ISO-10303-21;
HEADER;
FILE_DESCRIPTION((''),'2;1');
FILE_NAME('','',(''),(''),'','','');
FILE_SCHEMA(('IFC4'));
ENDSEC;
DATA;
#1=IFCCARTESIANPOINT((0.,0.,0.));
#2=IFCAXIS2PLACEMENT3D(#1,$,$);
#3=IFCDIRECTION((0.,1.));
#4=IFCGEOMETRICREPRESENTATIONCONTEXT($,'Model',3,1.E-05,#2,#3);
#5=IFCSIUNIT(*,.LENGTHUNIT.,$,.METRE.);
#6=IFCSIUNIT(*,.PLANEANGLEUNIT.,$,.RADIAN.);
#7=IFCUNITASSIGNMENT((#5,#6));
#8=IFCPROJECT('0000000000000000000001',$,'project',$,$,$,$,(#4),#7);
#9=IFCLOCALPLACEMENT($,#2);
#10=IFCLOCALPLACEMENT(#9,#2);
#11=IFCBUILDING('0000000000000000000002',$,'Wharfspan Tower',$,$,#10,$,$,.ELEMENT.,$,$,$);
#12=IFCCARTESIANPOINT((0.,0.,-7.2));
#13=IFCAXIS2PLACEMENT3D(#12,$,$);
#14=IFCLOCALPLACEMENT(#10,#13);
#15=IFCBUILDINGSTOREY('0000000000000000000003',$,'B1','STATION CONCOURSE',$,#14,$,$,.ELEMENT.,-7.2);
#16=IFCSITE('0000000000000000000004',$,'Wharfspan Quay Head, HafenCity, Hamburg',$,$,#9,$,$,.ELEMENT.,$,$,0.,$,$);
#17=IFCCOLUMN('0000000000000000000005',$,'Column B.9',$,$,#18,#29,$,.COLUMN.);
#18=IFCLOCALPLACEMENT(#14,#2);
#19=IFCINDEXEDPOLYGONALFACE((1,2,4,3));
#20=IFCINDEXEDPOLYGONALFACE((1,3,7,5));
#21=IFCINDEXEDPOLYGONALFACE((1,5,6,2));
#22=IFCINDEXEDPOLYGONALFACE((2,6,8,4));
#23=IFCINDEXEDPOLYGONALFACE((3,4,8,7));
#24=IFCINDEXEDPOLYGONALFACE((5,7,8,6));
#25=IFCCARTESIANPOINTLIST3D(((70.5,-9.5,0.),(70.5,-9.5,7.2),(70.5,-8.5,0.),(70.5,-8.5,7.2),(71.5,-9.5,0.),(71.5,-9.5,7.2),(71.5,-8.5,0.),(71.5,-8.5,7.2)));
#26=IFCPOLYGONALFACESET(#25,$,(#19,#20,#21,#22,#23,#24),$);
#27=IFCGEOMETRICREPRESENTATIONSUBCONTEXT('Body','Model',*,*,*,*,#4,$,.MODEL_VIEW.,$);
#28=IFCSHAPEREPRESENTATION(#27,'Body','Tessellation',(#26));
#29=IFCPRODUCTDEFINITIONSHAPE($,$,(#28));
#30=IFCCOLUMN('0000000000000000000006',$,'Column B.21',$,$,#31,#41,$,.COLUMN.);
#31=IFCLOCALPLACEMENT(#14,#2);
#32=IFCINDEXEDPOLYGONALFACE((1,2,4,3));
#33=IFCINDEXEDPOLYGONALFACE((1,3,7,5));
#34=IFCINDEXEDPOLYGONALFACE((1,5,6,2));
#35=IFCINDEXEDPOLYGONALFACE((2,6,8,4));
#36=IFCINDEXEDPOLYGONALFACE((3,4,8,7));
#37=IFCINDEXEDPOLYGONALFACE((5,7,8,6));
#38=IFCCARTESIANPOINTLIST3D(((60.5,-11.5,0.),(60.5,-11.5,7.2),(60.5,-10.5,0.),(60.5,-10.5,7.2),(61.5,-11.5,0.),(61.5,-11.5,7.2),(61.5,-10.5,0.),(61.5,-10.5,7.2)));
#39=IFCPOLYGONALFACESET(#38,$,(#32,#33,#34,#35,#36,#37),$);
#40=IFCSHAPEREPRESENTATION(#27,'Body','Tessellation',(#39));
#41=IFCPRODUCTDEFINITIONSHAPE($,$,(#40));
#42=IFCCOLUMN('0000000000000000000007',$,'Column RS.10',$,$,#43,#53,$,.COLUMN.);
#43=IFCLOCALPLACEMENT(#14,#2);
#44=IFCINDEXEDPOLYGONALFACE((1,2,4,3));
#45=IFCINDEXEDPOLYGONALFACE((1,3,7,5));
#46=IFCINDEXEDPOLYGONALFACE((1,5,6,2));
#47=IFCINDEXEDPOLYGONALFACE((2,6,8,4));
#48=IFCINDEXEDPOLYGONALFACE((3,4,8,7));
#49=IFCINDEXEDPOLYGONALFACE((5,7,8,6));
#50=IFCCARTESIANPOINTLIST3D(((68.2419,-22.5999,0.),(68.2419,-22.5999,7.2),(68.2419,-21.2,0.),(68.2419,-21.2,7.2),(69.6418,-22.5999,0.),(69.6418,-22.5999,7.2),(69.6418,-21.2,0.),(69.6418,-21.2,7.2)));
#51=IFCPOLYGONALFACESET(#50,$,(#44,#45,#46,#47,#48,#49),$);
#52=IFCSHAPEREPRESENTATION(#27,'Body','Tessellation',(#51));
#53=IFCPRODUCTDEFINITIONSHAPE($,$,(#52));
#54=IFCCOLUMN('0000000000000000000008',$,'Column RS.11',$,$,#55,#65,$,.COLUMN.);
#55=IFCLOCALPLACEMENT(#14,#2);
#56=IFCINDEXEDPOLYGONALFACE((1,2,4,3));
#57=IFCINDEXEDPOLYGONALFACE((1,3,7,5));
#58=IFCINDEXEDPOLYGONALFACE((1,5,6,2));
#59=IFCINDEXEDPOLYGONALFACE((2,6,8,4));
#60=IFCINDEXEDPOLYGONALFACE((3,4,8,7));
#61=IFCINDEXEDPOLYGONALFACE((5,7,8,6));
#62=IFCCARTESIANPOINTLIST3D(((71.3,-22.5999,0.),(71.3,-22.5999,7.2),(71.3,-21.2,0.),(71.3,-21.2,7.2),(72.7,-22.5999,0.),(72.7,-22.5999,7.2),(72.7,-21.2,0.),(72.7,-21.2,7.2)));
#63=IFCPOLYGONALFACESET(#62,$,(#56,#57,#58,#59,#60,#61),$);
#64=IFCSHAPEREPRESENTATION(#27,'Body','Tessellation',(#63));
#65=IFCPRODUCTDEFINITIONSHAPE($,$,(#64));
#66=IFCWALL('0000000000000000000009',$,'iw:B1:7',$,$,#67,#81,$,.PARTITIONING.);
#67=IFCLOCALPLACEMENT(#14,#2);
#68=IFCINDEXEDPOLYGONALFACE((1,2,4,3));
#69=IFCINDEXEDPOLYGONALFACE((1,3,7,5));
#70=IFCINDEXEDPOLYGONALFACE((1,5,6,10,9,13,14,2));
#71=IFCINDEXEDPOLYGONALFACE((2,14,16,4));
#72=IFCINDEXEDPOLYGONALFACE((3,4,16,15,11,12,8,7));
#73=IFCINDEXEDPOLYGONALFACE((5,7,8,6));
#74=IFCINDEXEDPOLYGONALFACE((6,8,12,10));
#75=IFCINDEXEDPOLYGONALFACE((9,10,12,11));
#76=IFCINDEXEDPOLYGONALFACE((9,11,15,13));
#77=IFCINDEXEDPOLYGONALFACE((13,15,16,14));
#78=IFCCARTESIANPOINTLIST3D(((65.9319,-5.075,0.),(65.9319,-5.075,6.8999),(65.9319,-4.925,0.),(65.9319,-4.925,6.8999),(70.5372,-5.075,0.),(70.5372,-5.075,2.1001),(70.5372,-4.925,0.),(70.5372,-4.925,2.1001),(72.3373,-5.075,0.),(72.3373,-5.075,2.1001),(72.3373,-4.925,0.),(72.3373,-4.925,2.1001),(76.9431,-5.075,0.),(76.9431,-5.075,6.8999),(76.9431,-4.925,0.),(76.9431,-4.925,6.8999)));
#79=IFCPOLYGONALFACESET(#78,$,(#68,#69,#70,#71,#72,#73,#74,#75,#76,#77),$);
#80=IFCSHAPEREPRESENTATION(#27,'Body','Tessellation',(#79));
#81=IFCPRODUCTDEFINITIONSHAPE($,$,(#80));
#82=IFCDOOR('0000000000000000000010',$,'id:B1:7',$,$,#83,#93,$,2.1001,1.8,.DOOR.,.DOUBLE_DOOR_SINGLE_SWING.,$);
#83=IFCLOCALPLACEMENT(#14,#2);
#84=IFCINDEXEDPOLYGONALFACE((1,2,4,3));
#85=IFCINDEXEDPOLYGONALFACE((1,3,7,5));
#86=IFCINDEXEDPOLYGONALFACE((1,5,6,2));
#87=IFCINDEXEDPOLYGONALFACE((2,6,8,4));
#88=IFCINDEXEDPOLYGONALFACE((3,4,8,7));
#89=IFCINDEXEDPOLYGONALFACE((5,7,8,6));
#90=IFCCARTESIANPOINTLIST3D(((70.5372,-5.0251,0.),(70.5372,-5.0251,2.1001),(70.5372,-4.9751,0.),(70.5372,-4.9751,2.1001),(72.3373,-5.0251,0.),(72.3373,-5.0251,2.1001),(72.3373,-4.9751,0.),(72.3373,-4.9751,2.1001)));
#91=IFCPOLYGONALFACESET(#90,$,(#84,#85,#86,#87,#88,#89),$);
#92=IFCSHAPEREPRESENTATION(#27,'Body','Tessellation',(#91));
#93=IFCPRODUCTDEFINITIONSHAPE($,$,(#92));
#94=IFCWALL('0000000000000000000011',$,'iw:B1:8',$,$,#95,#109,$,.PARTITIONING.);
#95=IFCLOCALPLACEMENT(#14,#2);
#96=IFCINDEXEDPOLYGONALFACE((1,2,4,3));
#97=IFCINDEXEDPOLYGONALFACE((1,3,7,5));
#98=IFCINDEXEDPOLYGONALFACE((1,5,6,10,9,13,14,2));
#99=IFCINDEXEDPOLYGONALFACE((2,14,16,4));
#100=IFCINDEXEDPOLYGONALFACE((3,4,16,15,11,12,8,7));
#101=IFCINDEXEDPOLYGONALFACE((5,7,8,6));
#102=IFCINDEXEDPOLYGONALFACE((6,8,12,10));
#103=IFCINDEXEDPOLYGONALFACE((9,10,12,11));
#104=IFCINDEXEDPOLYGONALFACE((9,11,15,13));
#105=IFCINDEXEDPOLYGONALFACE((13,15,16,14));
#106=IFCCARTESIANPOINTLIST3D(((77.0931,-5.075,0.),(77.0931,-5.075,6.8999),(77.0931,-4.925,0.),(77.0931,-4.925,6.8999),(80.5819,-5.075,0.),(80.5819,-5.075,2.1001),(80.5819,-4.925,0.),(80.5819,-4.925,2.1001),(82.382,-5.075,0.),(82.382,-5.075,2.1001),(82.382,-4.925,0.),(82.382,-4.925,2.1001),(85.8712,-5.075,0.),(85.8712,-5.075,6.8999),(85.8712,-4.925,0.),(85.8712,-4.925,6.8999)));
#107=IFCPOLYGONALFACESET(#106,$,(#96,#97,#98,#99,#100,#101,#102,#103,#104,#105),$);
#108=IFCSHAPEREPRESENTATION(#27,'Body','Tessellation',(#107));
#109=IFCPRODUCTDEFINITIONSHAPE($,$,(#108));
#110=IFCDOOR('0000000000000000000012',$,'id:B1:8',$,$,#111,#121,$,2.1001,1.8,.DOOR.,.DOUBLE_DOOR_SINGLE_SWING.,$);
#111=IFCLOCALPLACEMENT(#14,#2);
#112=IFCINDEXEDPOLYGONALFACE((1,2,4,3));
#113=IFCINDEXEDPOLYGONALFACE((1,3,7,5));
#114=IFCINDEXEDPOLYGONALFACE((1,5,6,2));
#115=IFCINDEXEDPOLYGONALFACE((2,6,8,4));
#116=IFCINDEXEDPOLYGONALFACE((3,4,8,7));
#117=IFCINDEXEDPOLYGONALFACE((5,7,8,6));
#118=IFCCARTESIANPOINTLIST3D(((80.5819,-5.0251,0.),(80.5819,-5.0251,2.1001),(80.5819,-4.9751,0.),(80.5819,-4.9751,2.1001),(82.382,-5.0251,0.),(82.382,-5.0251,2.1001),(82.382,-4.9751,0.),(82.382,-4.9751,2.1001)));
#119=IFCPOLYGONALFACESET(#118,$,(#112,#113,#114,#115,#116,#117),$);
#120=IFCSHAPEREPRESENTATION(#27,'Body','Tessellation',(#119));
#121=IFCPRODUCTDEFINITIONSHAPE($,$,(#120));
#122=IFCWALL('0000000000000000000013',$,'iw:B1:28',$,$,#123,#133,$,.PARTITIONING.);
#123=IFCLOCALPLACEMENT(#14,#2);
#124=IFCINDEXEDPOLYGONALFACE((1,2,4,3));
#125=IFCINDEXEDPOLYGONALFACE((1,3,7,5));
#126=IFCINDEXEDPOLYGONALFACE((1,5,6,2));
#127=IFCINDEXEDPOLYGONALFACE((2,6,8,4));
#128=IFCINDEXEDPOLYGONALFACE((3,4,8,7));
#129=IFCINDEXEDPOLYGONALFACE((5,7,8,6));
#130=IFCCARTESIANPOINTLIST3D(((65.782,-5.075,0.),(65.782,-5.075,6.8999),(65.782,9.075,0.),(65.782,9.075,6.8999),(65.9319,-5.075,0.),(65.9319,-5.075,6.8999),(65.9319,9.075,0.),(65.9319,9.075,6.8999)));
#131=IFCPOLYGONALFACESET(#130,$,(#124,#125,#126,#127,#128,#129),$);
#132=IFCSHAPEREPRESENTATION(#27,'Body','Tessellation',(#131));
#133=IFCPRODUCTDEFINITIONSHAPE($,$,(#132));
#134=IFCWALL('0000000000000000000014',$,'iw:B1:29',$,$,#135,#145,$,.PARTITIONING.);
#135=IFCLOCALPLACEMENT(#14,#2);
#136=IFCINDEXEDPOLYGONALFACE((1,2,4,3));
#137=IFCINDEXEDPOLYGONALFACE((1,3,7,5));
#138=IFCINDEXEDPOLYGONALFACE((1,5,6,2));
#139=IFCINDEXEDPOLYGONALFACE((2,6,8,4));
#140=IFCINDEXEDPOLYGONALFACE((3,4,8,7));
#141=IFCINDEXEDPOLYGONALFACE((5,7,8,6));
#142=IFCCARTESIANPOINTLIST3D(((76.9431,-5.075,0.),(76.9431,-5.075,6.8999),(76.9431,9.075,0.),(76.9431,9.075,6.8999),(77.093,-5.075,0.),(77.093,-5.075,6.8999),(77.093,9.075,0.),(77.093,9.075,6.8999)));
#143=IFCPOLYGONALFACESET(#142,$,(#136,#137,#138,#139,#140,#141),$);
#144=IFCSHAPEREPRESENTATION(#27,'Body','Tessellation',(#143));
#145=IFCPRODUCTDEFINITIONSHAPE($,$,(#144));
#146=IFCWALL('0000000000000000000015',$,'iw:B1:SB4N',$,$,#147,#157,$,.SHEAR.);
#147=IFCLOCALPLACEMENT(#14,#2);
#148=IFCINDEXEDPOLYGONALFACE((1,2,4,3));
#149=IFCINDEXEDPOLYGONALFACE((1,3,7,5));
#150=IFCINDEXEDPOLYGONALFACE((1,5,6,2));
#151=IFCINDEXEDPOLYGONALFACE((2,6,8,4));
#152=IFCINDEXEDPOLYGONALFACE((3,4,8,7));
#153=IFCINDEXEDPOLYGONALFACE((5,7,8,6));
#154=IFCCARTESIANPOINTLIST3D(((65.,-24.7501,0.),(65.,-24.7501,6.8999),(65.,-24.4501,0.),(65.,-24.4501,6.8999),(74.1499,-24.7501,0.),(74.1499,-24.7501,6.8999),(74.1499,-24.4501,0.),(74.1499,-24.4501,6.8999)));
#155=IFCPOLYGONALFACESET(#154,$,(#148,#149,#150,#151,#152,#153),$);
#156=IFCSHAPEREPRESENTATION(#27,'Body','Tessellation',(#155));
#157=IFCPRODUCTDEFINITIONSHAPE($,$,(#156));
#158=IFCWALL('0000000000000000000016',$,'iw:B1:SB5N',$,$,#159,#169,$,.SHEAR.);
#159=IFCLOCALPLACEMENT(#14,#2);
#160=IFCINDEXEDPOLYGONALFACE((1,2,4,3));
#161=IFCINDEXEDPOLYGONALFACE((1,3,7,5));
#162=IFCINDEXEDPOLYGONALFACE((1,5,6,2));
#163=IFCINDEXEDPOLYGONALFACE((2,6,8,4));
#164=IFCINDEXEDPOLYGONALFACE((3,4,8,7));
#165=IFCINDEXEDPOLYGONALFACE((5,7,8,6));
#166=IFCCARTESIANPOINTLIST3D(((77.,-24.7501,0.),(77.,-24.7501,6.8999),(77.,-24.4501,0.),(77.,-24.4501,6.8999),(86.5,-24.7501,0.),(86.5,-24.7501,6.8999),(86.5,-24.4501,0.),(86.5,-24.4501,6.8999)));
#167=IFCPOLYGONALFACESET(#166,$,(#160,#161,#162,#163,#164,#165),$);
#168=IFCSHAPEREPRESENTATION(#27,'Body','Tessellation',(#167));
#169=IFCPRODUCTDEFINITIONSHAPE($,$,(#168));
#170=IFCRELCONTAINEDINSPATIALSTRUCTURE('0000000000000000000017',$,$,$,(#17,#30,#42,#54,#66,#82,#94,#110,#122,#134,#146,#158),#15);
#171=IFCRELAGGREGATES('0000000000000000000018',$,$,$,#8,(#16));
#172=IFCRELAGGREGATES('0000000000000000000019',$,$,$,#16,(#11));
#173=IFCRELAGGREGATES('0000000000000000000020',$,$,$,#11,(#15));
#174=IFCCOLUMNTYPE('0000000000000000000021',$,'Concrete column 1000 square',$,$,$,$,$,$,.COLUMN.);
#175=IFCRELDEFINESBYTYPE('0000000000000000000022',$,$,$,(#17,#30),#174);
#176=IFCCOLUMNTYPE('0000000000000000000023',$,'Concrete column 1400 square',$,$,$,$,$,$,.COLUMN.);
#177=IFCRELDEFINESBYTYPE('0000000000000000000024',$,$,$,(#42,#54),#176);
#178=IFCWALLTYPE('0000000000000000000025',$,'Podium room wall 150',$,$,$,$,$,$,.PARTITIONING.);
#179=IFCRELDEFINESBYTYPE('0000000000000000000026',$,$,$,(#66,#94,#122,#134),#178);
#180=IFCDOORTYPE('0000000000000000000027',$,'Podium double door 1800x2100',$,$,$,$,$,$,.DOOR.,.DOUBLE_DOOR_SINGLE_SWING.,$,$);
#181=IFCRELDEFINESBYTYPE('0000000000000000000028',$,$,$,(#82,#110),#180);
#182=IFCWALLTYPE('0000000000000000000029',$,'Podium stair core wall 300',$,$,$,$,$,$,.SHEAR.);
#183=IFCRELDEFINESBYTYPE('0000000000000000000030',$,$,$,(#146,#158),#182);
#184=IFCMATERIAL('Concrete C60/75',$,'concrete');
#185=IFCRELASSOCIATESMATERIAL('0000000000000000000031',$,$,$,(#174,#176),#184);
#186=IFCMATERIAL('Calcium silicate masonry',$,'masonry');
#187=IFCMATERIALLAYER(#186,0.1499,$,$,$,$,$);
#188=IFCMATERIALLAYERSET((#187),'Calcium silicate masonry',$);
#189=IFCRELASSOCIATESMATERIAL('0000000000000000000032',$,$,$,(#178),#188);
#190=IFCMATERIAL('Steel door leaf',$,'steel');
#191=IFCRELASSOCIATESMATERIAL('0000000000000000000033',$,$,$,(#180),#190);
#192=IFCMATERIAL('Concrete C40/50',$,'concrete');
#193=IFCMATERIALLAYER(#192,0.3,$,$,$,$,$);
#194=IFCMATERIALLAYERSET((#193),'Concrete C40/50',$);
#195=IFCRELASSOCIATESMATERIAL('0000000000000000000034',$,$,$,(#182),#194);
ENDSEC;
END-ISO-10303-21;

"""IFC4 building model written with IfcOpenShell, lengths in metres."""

from ifc_helpers import new_model, si_unit, direction, frame, frame_2d, origin, origin_2d, place, context, subcontext, project, spatial, rectangle, extrude, material, layer, layer_set, material_profile, profile_set, type_object, element, fill, save


model = new_model("IFC4")

# Units and contexts
model_context = context("Model", 3, precision=1e-05, world=origin(), true_north=direction((0.0, 1.0)))
body_context = subcontext(model_context, "Body", "Model", "MODEL_VIEW")
ifc_project = project(units=[si_unit("LENGTHUNIT", "METRE"), si_unit("PLANEANGLEUNIT", "RADIAN")], contexts=[model_context])

# Site, building, storey
site_placement = place(None, origin())
site = spatial("IfcSite", under=ifc_project, at=site_placement, Name="Wharfspan Quay Head, HafenCity, Hamburg", CompositionType="ELEMENT", RefElevation=0.0)
building_placement = place(site_placement, origin())
building = spatial("IfcBuilding", under=site, at=building_placement, Name="Wharfspan Tower", CompositionType="ELEMENT")
storey_placement = place(building_placement, frame((0.0, 0.0, -7.2)))
storey = spatial("IfcBuildingStorey", under=building, at=storey_placement, Name="B1", Description="STATION CONCOURSE", CompositionType="ELEMENT", Elevation=-7.2)

# Columns
ifc_material_1 = material(Name="Concrete C60/75", Category="concrete")
ifc_material_profile_1 = material_profile(ifc_material_1, rectangle(XDim=1.0, YDim=1.0, at=origin_2d()))
ifc_profile_set_1 = profile_set([ifc_material_profile_1], Name="Concrete C60/75")
column_type_1 = type_object("IfcColumnType", Name="Concrete column 1000 square", PredefinedType="COLUMN", material=ifc_profile_set_1)
for number, where, z_axis, x_axis, name in (
    (1, (71.0, -9.0, 0.0), (0.0, 0.0, 1.0), (1.0, 0.0, 0.0), "Column B.9"),
    (2, (61.0, -11.0, 0.0), (0.0, 0.0, 1.0), (1.0, 0.0, 0.0), "Column B.21"),
):
    element("IfcColumn", number, at=place(storey_placement, frame(where, z_axis=z_axis, x_axis=x_axis)), inside=storey, type_object=column_type_1, Name=name, PredefinedType="COLUMN", context=body_context, shape_type="SweptSolid", body=[
        extrude(rectangle(XDim=1.0, YDim=1.0, at=origin_2d()), origin(), (0.0, 0.0, 1.0), 7.2),
    ])
ifc_material_profile_2 = material_profile(ifc_material_1, rectangle(XDim=1.3999, YDim=1.3999, at=origin_2d()))
ifc_profile_set_2 = profile_set([ifc_material_profile_2], Name="Concrete C60/75")
column_type_2 = type_object("IfcColumnType", Name="Concrete column 1400 square", PredefinedType="COLUMN", material=ifc_profile_set_2)
for number, where, z_axis, x_axis, name in (
    (3, (68.9419, -21.8999, 0.0), (0.0, 0.0, 1.0), (1.0, 0.0, 0.0), "Column RS.10"),
    (4, (72.0, -21.8999, 0.0), (0.0, 0.0, 1.0), (1.0, 0.0, 0.0), "Column RS.11"),
):
    element("IfcColumn", number, at=place(storey_placement, frame(where, z_axis=z_axis, x_axis=x_axis)), inside=storey, type_object=column_type_2, Name=name, PredefinedType="COLUMN", context=body_context, shape_type="SweptSolid", body=[
        extrude(rectangle(XDim=1.3999, YDim=1.3999, at=origin_2d()), origin(), (0.0, 0.0, 1.0), 7.2),
    ])

# Walls, openings, doors
ifc_material_2 = material(Name="Calcium silicate masonry", Category="masonry")
ifc_layer_1 = layer(ifc_material_2, 0.1499)
ifc_layer_set_1 = layer_set([ifc_layer_1], Name="Calcium silicate masonry")
wall_type_1 = type_object("IfcWallType", Name="Podium room wall 150", PredefinedType="PARTITIONING", material=ifc_layer_set_1)
wall_1_placement = place(storey_placement, frame((65.9319, -5.0, 0.0), z_axis=(0.0, 0.0, 1.0), x_axis=(1.0, 0.0, 0.0)))
wall_1 = element("IfcWall", 5, at=wall_1_placement, inside=storey, type_object=wall_type_1, Name="iw:B1:7", PredefinedType="PARTITIONING", context=body_context, shape_type="SweptSolid", body=[
    extrude(rectangle(XDim=11.0112, YDim=0.1499, at=frame_2d((5.5056, 0.0))), origin(), (0.0, 0.0, 1.0), 6.8999),
])
opening_1_placement = place(wall_1_placement, frame((4.6055, 0.0, 0.0)))
opening_1 = element("IfcOpeningElement", 6, at=opening_1_placement, cuts=wall_1, PredefinedType="OPENING", context=body_context, shape_type="SweptSolid", body=[
    extrude(rectangle(XDim=1.8, YDim=2.1001, at=frame_2d((0.8999, 1.05))), frame((0.0, 0.085, 0.0), z_axis=(0.0, -1.0, 0.0), x_axis=(1.0, 0.0, 0.0)), (0.0, 0.0, 1.0), 0.1699),
])
ifc_material_3 = material(Name="Steel door leaf", Category="steel")
door_type = type_object("IfcDoorType", Name="Podium double door 1800x2100", OperationType="DOUBLE_DOOR_SINGLE_SWING", PredefinedType="DOOR", material=ifc_material_3)
door_1_placement = place(opening_1_placement, origin())
door_1 = element("IfcDoor", 7, at=door_1_placement, inside=storey, type_object=door_type, Name="id:B1:7", OperationType="DOUBLE_DOOR_SINGLE_SWING", OverallHeight=2.1001, OverallWidth=1.8, PredefinedType="DOOR", context=body_context, shape_type="SweptSolid", body=[
    extrude(rectangle(XDim=1.8, YDim=2.1001, at=frame_2d((0.8999, 1.05))), frame((0.0, 0.0249, 0.0), z_axis=(0.0, -1.0, 0.0), x_axis=(1.0, 0.0, 0.0)), (0.0, 0.0, 1.0), 0.05),
])
fill(opening_1, door_1)
wall_2_placement = place(storey_placement, frame((77.093, -5.0, 0.0), z_axis=(0.0, 0.0, 1.0), x_axis=(1.0, 0.0, 0.0)))
wall_2 = element("IfcWall", 8, at=wall_2_placement, inside=storey, type_object=wall_type_1, Name="iw:B1:8", PredefinedType="PARTITIONING", context=body_context, shape_type="SweptSolid", body=[
    extrude(rectangle(XDim=8.7781, YDim=0.1499, at=frame_2d((4.3892, 0.0))), origin(), (0.0, 0.0, 1.0), 6.8999),
])
opening_2_placement = place(wall_2_placement, frame((3.489, 0.0, 0.0)))
opening_2 = element("IfcOpeningElement", 9, at=opening_2_placement, cuts=wall_2, PredefinedType="OPENING", context=body_context, shape_type="SweptSolid", body=[
    extrude(rectangle(XDim=1.8, YDim=2.1001, at=frame_2d((0.8999, 1.05))), frame((0.0, 0.085, 0.0), z_axis=(0.0, -1.0, 0.0), x_axis=(1.0, 0.0, 0.0)), (0.0, 0.0, 1.0), 0.1699),
])
door_2_placement = place(opening_2_placement, origin())
door_2 = element("IfcDoor", 10, at=door_2_placement, inside=storey, type_object=door_type, Name="id:B1:8", OperationType="DOUBLE_DOOR_SINGLE_SWING", OverallHeight=2.1001, OverallWidth=1.8, PredefinedType="DOOR", context=body_context, shape_type="SweptSolid", body=[
    extrude(rectangle(XDim=1.8, YDim=2.1001, at=frame_2d((0.8999, 1.05))), frame((0.0, 0.0249, 0.0), z_axis=(0.0, -1.0, 0.0), x_axis=(1.0, 0.0, 0.0)), (0.0, 0.0, 1.0), 0.05),
])
fill(opening_2, door_2)

# Walls
for number, where, z_axis, x_axis, name in (
    (11, (65.8569, -5.075, 0.0), (0.0, 0.0, 1.0), (0.0, 1.0, 0.0), "iw:B1:28"),
    (12, (77.0181, -5.075, 0.0), (0.0, 0.0, 1.0), (0.0, 1.0, 0.0), "iw:B1:29"),
):
    element("IfcWall", number, at=place(storey_placement, frame(where, z_axis=z_axis, x_axis=x_axis)), inside=storey, type_object=wall_type_1, Name=name, PredefinedType="PARTITIONING", context=body_context, shape_type="SweptSolid", body=[
        extrude(rectangle(XDim=14.1499, YDim=0.1499, at=frame_2d((7.075, 0.0))), origin(), (0.0, 0.0, 1.0), 6.8999),
    ])
ifc_material_4 = material(Name="Concrete C40/50", Category="concrete")
ifc_layer_2 = layer(ifc_material_4, 0.3)
ifc_layer_set_2 = layer_set([ifc_layer_2], Name="Concrete C40/50")
wall_type_2 = type_object("IfcWallType", Name="Podium stair core wall 300", PredefinedType="SHEAR", material=ifc_layer_set_2)
wall_3_placement = place(storey_placement, frame((65.0, -24.6001, 0.0), z_axis=(0.0, 0.0, 1.0), x_axis=(1.0, 0.0, 0.0)))
element("IfcWall", 13, at=wall_3_placement, inside=storey, type_object=wall_type_2, Name="iw:B1:SB4N", PredefinedType="SHEAR", context=body_context, shape_type="SweptSolid", body=[
    extrude(rectangle(XDim=9.1499, YDim=0.3, at=frame_2d((4.575, 0.0))), origin(), (0.0, 0.0, 1.0), 6.8999),
])
wall_4_placement = place(storey_placement, frame((77.0, -24.6001, 0.0), z_axis=(0.0, 0.0, 1.0), x_axis=(1.0, 0.0, 0.0)))
element("IfcWall", 14, at=wall_4_placement, inside=storey, type_object=wall_type_2, Name="iw:B1:SB5N", PredefinedType="SHEAR", context=body_context, shape_type="SweptSolid", body=[
    extrude(rectangle(XDim=9.5, YDim=0.3, at=frame_2d((4.75, 0.0))), origin(), (0.0, 0.0, 1.0), 6.8999),
])

save(model, "model.ifc")
